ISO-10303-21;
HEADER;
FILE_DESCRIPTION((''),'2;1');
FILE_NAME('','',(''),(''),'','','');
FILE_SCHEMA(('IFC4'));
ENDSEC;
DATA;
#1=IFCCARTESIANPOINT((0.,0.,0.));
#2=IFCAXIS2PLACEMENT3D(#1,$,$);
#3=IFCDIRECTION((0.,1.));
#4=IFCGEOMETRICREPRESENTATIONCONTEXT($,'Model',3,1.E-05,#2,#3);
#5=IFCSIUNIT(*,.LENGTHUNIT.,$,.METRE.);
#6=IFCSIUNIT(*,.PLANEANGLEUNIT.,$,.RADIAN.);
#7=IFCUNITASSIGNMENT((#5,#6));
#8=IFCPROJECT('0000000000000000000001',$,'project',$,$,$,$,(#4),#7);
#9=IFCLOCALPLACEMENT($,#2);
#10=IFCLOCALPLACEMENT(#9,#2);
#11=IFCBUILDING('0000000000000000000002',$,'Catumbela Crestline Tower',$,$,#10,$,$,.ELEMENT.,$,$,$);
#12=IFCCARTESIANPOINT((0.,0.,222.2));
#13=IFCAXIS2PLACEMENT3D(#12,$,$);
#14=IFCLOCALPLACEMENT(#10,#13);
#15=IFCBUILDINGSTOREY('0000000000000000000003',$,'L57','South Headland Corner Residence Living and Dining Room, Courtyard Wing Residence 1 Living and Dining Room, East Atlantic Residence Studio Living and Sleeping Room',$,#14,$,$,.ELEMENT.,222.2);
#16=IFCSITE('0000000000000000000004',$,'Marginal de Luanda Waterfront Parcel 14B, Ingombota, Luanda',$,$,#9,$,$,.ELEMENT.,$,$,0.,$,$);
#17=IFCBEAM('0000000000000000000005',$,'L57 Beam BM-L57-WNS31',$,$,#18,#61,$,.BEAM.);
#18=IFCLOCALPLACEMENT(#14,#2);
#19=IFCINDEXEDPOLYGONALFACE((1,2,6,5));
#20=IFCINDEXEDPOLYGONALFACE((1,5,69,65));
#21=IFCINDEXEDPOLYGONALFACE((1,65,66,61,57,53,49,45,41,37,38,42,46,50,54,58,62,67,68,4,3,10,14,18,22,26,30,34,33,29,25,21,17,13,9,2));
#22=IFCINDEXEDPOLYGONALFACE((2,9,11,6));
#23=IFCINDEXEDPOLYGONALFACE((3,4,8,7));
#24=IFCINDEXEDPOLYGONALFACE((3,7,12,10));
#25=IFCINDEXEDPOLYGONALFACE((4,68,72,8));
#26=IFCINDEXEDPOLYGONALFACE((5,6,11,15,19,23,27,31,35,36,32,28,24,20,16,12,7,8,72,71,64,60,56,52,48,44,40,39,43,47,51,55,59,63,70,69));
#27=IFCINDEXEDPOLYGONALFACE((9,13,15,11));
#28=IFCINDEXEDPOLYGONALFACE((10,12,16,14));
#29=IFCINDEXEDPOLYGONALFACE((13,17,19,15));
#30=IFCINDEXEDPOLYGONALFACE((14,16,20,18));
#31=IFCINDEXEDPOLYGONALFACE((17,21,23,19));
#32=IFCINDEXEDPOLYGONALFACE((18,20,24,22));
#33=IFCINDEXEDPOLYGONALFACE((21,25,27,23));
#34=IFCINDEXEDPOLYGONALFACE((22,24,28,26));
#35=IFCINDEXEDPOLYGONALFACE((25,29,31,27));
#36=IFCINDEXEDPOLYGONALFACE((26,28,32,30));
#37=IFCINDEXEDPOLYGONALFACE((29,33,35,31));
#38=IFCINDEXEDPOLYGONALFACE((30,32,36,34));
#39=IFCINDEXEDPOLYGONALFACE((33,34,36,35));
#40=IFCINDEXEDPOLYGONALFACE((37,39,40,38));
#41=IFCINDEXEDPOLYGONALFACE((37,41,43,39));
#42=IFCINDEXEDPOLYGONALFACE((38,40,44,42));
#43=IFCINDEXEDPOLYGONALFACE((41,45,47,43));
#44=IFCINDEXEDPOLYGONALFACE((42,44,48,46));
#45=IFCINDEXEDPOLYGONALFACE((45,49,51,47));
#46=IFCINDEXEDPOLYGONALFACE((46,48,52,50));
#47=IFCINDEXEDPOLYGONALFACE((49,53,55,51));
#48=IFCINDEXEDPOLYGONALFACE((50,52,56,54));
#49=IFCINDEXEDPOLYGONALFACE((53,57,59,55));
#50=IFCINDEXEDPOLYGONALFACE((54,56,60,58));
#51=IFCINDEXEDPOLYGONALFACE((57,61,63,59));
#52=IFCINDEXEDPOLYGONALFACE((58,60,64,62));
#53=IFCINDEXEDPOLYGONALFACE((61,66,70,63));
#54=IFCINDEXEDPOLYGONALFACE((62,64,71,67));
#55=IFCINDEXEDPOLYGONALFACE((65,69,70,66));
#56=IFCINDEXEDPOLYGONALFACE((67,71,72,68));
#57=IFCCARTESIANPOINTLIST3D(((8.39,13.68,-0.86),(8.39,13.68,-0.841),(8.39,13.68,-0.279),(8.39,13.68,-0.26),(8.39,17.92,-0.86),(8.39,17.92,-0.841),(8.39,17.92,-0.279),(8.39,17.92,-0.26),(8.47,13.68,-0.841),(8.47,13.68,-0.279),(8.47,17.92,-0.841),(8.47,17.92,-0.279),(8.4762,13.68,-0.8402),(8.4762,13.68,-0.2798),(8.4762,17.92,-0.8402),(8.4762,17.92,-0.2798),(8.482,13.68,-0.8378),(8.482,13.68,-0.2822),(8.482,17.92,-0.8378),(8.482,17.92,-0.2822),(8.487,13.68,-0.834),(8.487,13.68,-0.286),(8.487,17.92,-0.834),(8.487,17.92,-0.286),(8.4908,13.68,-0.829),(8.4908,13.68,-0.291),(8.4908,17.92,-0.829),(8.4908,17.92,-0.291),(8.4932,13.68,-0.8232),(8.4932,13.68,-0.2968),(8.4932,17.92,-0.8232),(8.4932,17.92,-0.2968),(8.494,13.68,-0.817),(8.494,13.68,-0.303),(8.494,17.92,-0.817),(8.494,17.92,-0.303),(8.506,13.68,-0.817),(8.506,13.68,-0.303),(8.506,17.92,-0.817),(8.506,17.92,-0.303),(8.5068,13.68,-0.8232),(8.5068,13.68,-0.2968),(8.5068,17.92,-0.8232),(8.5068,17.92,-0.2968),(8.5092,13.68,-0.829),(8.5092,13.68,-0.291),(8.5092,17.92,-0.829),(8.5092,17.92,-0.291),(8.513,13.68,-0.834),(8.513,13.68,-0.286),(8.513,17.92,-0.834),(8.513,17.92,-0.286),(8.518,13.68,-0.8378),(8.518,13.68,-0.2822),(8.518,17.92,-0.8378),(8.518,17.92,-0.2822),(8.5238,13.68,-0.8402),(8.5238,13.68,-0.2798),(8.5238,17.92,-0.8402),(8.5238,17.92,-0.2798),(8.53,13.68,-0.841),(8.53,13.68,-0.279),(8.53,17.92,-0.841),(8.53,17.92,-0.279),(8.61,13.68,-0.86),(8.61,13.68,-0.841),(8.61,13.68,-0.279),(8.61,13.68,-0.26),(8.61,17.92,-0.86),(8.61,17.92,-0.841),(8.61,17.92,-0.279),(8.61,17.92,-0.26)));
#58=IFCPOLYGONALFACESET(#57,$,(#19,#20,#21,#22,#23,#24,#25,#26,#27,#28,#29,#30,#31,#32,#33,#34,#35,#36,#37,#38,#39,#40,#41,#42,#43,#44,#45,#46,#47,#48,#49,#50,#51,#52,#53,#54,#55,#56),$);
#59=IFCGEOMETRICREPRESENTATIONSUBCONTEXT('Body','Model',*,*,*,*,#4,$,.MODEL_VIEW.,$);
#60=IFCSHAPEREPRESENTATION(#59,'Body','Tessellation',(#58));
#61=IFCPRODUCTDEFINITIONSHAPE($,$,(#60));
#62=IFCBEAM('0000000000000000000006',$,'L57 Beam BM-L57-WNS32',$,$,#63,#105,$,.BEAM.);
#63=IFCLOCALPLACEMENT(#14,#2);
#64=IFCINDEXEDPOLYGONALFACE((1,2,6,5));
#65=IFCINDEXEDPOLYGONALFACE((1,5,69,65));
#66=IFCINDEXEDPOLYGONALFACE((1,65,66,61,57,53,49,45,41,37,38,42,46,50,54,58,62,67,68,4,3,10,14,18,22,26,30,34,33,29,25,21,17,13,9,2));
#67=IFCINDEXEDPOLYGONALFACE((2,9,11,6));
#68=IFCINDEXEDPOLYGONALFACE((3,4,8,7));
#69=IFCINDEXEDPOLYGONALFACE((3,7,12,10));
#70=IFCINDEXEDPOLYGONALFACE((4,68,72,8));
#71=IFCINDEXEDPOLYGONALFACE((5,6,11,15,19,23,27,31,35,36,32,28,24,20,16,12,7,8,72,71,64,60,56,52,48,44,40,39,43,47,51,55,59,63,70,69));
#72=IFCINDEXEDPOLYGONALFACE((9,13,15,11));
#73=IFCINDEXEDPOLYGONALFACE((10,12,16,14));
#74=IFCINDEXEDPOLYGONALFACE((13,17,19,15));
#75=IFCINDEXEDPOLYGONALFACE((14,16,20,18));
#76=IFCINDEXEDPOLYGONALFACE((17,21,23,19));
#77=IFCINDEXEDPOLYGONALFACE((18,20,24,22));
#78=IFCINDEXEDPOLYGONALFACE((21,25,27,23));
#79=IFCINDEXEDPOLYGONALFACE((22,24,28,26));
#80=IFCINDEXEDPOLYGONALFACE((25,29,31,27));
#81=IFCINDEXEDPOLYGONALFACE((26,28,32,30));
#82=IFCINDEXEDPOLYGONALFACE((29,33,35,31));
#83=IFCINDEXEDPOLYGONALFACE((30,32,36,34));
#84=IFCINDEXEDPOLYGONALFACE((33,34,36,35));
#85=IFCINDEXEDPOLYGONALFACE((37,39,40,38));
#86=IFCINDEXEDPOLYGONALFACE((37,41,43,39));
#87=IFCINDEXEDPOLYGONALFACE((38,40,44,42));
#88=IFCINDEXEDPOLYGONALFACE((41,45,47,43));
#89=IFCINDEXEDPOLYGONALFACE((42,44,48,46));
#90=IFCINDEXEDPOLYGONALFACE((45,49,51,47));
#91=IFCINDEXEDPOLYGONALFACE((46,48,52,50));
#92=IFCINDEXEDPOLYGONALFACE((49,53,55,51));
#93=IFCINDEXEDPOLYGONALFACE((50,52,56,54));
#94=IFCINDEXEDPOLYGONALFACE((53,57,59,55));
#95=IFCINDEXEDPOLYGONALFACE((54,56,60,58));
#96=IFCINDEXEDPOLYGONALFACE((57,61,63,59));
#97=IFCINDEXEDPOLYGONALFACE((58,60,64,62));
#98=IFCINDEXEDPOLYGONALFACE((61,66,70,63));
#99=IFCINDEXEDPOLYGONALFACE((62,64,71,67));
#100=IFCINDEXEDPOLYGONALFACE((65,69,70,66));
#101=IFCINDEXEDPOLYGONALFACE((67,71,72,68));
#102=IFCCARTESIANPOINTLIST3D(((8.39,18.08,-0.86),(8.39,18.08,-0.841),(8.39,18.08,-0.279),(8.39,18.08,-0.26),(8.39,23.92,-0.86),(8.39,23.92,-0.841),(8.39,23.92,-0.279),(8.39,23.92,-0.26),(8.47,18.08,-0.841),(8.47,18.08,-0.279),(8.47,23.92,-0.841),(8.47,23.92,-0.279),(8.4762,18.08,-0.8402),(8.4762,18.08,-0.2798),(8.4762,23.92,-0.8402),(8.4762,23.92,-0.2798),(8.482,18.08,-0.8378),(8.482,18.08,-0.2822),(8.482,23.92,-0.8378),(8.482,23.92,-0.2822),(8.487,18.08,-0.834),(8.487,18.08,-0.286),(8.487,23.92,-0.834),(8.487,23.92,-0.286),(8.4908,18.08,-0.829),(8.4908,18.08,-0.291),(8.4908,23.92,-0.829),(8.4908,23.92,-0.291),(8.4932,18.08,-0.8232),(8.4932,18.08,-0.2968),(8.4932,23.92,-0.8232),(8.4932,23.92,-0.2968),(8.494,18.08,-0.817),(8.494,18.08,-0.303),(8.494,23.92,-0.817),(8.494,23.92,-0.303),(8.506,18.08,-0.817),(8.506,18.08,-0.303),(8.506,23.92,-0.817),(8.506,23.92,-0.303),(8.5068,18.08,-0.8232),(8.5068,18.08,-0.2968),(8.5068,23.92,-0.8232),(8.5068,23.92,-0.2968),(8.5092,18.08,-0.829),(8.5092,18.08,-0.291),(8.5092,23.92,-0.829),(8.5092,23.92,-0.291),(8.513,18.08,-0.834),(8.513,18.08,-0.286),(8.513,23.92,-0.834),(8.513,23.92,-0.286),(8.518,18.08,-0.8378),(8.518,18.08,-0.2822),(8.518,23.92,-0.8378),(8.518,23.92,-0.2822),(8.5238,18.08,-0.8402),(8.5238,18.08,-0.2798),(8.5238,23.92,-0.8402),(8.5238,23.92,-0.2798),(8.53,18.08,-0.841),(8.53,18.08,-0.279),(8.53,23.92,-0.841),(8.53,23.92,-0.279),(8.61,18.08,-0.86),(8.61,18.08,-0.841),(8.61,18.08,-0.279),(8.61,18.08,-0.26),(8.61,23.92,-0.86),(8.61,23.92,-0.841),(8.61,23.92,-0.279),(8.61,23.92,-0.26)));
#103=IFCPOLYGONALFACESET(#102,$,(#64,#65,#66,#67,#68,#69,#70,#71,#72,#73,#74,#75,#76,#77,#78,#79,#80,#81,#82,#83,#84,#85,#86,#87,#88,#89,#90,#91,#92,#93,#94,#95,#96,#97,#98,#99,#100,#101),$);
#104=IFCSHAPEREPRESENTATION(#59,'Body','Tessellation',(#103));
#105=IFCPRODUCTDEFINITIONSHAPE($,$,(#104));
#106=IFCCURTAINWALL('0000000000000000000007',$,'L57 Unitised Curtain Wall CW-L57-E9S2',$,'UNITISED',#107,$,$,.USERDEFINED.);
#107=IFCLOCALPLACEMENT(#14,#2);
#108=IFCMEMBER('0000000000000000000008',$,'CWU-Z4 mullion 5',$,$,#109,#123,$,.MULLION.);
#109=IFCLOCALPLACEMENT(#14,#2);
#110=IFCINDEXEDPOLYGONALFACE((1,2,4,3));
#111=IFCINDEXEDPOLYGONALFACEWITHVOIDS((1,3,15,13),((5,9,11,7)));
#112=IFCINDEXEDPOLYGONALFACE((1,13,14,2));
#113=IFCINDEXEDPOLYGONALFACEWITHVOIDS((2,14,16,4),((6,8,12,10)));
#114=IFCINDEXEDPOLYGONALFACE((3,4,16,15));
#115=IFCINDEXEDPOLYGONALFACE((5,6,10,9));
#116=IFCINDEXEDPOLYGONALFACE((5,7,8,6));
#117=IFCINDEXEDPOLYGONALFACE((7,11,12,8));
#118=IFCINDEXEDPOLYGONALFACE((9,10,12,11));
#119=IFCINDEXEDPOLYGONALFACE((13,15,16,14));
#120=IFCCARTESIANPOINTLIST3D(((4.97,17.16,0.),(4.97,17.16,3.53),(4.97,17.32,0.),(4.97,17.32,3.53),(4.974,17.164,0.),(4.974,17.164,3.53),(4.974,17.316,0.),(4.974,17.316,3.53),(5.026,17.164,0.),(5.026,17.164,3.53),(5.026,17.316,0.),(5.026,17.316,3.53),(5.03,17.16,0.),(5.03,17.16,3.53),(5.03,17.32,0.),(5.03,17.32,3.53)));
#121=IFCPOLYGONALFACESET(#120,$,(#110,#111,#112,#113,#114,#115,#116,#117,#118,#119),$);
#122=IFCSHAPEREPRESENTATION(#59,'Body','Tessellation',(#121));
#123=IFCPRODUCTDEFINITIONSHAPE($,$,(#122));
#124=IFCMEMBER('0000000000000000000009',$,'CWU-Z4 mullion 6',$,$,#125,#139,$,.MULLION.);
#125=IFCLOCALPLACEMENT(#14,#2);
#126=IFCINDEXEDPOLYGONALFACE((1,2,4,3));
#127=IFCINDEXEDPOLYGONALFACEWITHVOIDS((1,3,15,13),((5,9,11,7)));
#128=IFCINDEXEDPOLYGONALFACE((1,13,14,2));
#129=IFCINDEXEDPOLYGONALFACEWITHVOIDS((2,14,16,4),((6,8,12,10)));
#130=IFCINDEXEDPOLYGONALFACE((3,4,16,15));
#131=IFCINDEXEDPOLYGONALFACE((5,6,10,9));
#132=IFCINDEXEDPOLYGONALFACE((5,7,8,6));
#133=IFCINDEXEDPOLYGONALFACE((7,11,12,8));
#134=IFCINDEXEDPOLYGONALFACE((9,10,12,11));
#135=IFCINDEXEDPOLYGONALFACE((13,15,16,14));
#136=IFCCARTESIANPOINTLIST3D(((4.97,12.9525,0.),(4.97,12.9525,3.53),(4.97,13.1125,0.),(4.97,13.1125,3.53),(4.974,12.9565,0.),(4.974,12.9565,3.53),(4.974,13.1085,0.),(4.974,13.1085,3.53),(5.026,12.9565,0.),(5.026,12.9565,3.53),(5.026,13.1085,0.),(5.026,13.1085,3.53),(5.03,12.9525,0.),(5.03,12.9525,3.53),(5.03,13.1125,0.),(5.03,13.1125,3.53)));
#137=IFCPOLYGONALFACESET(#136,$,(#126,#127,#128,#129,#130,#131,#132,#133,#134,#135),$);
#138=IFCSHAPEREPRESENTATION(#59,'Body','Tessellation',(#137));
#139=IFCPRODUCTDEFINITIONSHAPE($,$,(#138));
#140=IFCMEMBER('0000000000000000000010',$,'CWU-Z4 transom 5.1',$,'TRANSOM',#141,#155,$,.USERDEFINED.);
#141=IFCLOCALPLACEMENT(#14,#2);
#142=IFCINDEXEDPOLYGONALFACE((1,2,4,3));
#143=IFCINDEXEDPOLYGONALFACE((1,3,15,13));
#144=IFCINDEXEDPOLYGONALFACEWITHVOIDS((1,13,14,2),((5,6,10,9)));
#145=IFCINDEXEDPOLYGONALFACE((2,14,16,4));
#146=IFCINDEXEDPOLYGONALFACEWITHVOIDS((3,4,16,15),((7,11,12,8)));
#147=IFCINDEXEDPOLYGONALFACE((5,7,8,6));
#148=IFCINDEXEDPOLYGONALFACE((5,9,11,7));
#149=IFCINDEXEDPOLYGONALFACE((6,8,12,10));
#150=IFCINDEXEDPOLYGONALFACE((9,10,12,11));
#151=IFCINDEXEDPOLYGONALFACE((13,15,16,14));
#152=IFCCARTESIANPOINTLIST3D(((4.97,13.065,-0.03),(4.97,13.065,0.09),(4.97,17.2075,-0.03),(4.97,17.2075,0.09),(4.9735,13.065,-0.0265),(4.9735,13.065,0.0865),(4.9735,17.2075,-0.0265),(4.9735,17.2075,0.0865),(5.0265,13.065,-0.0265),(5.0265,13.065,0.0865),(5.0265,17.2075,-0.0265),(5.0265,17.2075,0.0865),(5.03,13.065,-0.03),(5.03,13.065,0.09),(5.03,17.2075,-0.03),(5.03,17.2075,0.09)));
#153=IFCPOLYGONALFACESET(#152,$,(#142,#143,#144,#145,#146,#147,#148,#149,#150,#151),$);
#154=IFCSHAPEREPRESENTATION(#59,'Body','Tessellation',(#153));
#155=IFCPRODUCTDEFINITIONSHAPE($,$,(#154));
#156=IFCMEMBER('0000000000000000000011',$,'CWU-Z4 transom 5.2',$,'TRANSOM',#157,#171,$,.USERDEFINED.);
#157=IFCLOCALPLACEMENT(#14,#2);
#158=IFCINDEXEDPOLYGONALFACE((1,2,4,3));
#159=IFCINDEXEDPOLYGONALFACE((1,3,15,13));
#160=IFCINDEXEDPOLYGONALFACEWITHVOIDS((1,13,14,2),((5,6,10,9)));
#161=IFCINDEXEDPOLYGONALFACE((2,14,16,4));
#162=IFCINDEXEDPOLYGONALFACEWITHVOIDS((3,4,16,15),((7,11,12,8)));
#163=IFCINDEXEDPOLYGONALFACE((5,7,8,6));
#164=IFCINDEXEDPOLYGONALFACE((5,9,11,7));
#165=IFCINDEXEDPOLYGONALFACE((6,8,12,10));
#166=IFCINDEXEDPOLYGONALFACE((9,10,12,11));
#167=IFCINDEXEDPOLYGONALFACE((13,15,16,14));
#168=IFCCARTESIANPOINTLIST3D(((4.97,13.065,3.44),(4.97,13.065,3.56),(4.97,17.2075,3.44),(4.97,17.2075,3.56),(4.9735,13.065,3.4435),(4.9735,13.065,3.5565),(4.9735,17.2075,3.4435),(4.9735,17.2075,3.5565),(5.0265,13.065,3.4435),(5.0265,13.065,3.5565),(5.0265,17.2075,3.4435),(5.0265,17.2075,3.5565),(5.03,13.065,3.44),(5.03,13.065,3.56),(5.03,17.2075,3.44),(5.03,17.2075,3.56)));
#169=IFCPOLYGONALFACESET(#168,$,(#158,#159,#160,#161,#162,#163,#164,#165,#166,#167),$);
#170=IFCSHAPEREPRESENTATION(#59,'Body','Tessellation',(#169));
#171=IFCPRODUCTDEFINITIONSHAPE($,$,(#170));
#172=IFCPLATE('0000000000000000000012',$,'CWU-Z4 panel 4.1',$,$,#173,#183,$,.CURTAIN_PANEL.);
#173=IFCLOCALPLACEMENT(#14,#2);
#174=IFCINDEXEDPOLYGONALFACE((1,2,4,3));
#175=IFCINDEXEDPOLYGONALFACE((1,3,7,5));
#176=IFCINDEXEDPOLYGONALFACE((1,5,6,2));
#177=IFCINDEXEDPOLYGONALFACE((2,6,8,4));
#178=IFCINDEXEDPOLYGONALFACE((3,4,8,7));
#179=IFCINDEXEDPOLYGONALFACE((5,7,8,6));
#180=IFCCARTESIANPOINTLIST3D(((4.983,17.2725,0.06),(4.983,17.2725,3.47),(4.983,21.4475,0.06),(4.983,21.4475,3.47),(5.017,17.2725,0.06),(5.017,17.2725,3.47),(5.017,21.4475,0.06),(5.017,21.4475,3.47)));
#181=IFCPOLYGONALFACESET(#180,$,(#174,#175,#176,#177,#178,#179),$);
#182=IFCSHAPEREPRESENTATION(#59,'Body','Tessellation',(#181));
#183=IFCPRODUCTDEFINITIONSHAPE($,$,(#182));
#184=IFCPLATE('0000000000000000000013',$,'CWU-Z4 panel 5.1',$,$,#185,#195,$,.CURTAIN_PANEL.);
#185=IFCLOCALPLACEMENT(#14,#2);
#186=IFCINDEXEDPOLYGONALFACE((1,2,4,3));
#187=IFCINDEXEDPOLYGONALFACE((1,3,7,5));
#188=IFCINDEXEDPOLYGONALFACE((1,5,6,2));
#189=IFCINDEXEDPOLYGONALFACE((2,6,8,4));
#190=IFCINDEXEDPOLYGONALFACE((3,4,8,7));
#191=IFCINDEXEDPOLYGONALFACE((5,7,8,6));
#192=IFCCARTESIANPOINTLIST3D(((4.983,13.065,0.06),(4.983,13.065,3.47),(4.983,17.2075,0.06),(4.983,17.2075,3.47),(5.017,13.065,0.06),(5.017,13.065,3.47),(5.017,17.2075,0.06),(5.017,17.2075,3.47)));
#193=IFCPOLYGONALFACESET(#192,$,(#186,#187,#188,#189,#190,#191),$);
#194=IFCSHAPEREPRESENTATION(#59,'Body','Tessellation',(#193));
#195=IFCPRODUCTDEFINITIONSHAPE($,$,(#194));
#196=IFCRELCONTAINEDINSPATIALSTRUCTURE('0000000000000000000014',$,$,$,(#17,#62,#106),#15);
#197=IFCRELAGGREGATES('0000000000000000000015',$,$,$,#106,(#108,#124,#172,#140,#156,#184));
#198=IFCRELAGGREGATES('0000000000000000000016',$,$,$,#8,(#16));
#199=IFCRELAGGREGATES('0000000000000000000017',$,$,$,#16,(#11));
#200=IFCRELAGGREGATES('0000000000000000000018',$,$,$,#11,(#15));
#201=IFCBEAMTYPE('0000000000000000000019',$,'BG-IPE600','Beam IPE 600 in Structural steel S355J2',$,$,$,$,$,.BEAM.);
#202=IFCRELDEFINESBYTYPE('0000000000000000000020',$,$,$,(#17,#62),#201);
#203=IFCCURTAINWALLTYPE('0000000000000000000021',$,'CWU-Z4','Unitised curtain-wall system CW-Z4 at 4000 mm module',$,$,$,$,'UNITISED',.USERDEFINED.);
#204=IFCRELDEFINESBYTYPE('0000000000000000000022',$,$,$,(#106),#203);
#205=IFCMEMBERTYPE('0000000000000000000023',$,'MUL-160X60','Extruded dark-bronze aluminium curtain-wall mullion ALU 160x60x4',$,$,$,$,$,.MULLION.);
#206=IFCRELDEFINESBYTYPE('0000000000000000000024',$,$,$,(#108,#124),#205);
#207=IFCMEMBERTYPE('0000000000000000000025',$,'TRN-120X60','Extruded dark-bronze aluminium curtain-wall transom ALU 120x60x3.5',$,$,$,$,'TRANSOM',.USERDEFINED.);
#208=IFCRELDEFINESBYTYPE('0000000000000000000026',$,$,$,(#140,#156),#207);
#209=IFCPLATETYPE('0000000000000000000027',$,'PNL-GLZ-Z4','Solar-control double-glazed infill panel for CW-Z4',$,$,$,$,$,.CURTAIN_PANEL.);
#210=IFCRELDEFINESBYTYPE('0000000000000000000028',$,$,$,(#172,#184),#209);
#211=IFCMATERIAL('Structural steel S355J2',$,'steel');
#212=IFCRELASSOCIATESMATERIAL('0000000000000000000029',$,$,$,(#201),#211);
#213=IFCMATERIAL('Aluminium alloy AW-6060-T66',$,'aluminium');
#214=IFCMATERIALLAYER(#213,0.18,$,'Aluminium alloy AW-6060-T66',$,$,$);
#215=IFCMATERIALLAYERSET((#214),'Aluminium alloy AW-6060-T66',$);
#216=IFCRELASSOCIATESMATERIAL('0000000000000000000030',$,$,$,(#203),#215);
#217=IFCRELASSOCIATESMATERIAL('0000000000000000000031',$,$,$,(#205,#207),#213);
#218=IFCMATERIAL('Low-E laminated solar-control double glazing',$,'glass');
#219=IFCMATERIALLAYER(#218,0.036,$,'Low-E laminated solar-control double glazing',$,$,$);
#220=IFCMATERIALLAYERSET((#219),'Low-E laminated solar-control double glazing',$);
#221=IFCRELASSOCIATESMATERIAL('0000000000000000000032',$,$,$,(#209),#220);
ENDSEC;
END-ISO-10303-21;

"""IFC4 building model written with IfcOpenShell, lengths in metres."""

from ifc_helpers import new_model, si_unit, direction, frame, origin, origin_2d, place, context, subcontext, project, spatial, rectangle, hollow_rectangle, i_section, extrude, material, layer, layer_set, material_profile, profile_set, type_object, element, aggregate, save


model = new_model("IFC4")

# Units and contexts
model_context = context("Model", 3, precision=1e-05, world=origin(), true_north=direction((0.0, 1.0)))
body_context = subcontext(model_context, "Body", "Model", "MODEL_VIEW")
ifc_project = project(units=[si_unit("LENGTHUNIT", "METRE"), si_unit("PLANEANGLEUNIT", "RADIAN")], contexts=[model_context])

# Site, building, storey
site_placement = place(None, origin())
site = spatial("IfcSite", under=ifc_project, at=site_placement, Name="Marginal de Luanda Waterfront Parcel 14B, Ingombota, Luanda", CompositionType="ELEMENT", RefElevation=0.0)
building_placement = place(site_placement, origin())
building = spatial("IfcBuilding", under=site, at=building_placement, Name="Catumbela Crestline Tower", CompositionType="ELEMENT")
storey_placement = place(building_placement, frame((0.0, 0.0, 222.2)))
storey = spatial("IfcBuildingStorey", under=building, at=storey_placement, Name="L57", Description="South Headland Corner Residence Living and Dining Room, Courtyard Wing Residence 1 Living and Dining Room, East Atlantic Residence Studio Living and Sleeping Room", CompositionType="ELEMENT", Elevation=222.2)

# Shared definitions
ifc_material_1 = material(Name="Structural steel S355J2", Category="steel")

# Beams
ifc_material_profile_1 = material_profile(ifc_material_1, i_section(OverallWidth=0.22, OverallDepth=0.6, WebThickness=0.012, FlangeThickness=0.019, FilletRadius=0.024, at=origin_2d()), Name="IPE 600")
ifc_profile_set_1 = profile_set([ifc_material_profile_1], Name="Structural steel S355J2")
beam_type = type_object("IfcBeamType", Name="BG-IPE600", Description="Beam IPE 600 in Structural steel S355J2", PredefinedType="BEAM", material=ifc_profile_set_1)
beam_1_placement = place(storey_placement, frame((8.5, 13.68, -0.56), z_axis=(0.0, 1.0, 0.0), x_axis=(-1.0, 0.0, 0.0)))
element("IfcBeam", 1, at=beam_1_placement, inside=storey, type_object=beam_type, Name="L57 Beam BM-L57-WNS31", PredefinedType="BEAM", context=body_context, shape_type="SweptSolid", body=[
    extrude(i_section(OverallWidth=0.22, OverallDepth=0.6, WebThickness=0.012, FlangeThickness=0.019, FilletRadius=0.024, at=origin_2d()), origin(), (0.0, 0.0, 1.0), 4.24),
])
beam_2_placement = place(storey_placement, frame((8.5, 18.08, -0.56), z_axis=(0.0, 1.0, 0.0), x_axis=(-1.0, 0.0, 0.0)))
element("IfcBeam", 2, at=beam_2_placement, inside=storey, type_object=beam_type, Name="L57 Beam BM-L57-WNS32", PredefinedType="BEAM", context=body_context, shape_type="SweptSolid", body=[
    extrude(i_section(OverallWidth=0.22, OverallDepth=0.6, WebThickness=0.012, FlangeThickness=0.019, FilletRadius=0.024, at=origin_2d()), origin(), (0.0, 0.0, 1.0), 5.84),
])

# Curtain wall, members, plates
ifc_material_2 = material(Name="Aluminium alloy AW-6060-T66", Category="aluminium")
ifc_layer_1 = layer(ifc_material_2, 0.18, Name="Aluminium alloy AW-6060-T66")
ifc_layer_set_1 = layer_set([ifc_layer_1], Name="Aluminium alloy AW-6060-T66")
curtain_wall_type = type_object("IfcCurtainWallType", Name="CWU-Z4", Description="Unitised curtain-wall system CW-Z4 at 4000 mm module", ElementType="UNITISED", PredefinedType="USERDEFINED", material=ifc_layer_set_1)
curtain_wall_placement = place(storey_placement, origin())
curtain_wall = element("IfcCurtainWall", 3, at=curtain_wall_placement, inside=storey, type_object=curtain_wall_type, Name="L57 Unitised Curtain Wall CW-L57-E9S2", ObjectType="UNITISED", PredefinedType="USERDEFINED")
ifc_material_profile_2 = material_profile(ifc_material_2, hollow_rectangle(XDim=0.06, YDim=0.16, WallThickness=0.004, at=origin_2d()), Name="ALU 160x60x4")
ifc_profile_set_2 = profile_set([ifc_material_profile_2], Name="Aluminium alloy AW-6060-T66")
member_type_1 = type_object("IfcMemberType", Name="MUL-160X60", Description="Extruded dark-bronze aluminium curtain-wall mullion ALU 160x60x4", PredefinedType="MULLION", material=ifc_profile_set_2)
member_1_placement = place(storey_placement, frame((5.0, 17.24, 0.0), z_axis=(0.0, 0.0, 1.0), x_axis=(1.0, 0.0, 0.0)))
member_1 = element("IfcMember", 4, at=member_1_placement, type_object=member_type_1, Name="CWU-Z4 mullion 5", PredefinedType="MULLION", context=body_context, shape_type="SweptSolid", body=[
    extrude(hollow_rectangle(XDim=0.06, YDim=0.16, WallThickness=0.004, at=origin_2d()), origin(), (0.0, 0.0, 1.0), 3.53),
])
member_2_placement = place(storey_placement, frame((5.0, 13.0325, 0.0), z_axis=(0.0, 0.0, 1.0), x_axis=(1.0, 0.0, 0.0)))
member_2 = element("IfcMember", 5, at=member_2_placement, type_object=member_type_1, Name="CWU-Z4 mullion 6", PredefinedType="MULLION", context=body_context, shape_type="SweptSolid", body=[
    extrude(hollow_rectangle(XDim=0.06, YDim=0.16, WallThickness=0.004, at=origin_2d()), origin(), (0.0, 0.0, 1.0), 3.53),
])
ifc_material_profile_3 = material_profile(ifc_material_2, hollow_rectangle(XDim=0.06, YDim=0.12, WallThickness=0.0035, at=origin_2d()), Name="ALU 120x60x3.5")
ifc_profile_set_3 = profile_set([ifc_material_profile_3], Name="Aluminium alloy AW-6060-T66")
member_type_2 = type_object("IfcMemberType", Name="TRN-120X60", Description="Extruded dark-bronze aluminium curtain-wall transom ALU 120x60x3.5", ElementType="TRANSOM", PredefinedType="USERDEFINED", material=ifc_profile_set_3)
member_3_placement = place(storey_placement, frame((5.0, 17.2075, 0.03), z_axis=(0.0, -1.0, 0.0), x_axis=(1.0, 0.0, 0.0)))
member_3 = element("IfcMember", 6, at=member_3_placement, type_object=member_type_2, Name="CWU-Z4 transom 5.1", ObjectType="TRANSOM", PredefinedType="USERDEFINED", context=body_context, shape_type="SweptSolid", body=[
    extrude(hollow_rectangle(XDim=0.06, YDim=0.12, WallThickness=0.0035, at=origin_2d()), origin(), (0.0, 0.0, 1.0), 4.1425),
])
member_4_placement = place(storey_placement, frame((5.0, 17.2075, 3.5), z_axis=(0.0, -1.0, 0.0), x_axis=(1.0, 0.0, 0.0)))
member_4 = element("IfcMember", 7, at=member_4_placement, type_object=member_type_2, Name="CWU-Z4 transom 5.2", ObjectType="TRANSOM", PredefinedType="USERDEFINED", context=body_context, shape_type="SweptSolid", body=[
    extrude(hollow_rectangle(XDim=0.06, YDim=0.12, WallThickness=0.0035, at=origin_2d()), origin(), (0.0, 0.0, 1.0), 4.1425),
])
ifc_material_3 = material(Name="Low-E laminated solar-control double glazing", Category="glass")
ifc_layer_2 = layer(ifc_material_3, 0.036, Name="Low-E laminated solar-control double glazing")
ifc_layer_set_2 = layer_set([ifc_layer_2], Name="Low-E laminated solar-control double glazing")
plate_type = type_object("IfcPlateType", Name="PNL-GLZ-Z4", Description="Solar-control double-glazed infill panel for CW-Z4", PredefinedType="CURTAIN_PANEL", material=ifc_layer_set_2)
plate_1_placement = place(storey_placement, frame((5.0, 19.36, 0.06), z_axis=(0.0, 0.0, 1.0), x_axis=(0.0, -1.0, 0.0)))
plate_1 = element("IfcPlate", 8, at=plate_1_placement, type_object=plate_type, Name="CWU-Z4 panel 4.1", PredefinedType="CURTAIN_PANEL", context=body_context, shape_type="SweptSolid", body=[
    extrude(rectangle(XDim=4.175, YDim=0.034, at=origin_2d()), origin(), (0.0, 0.0, 1.0), 3.41),
])
plate_2_placement = place(storey_placement, frame((5.0, 15.1362, 0.06), z_axis=(0.0, 0.0, 1.0), x_axis=(0.0, -1.0, 0.0)))
plate_2 = element("IfcPlate", 9, at=plate_2_placement, type_object=plate_type, Name="CWU-Z4 panel 5.1", PredefinedType="CURTAIN_PANEL", context=body_context, shape_type="SweptSolid", body=[
    extrude(rectangle(XDim=4.1425, YDim=0.034, at=origin_2d()), origin(), (0.0, 0.0, 1.0), 3.41),
])
aggregate(curtain_wall, [member_1, member_2, plate_1, member_3, member_4, plate_2])

save(model, "model.ifc")
